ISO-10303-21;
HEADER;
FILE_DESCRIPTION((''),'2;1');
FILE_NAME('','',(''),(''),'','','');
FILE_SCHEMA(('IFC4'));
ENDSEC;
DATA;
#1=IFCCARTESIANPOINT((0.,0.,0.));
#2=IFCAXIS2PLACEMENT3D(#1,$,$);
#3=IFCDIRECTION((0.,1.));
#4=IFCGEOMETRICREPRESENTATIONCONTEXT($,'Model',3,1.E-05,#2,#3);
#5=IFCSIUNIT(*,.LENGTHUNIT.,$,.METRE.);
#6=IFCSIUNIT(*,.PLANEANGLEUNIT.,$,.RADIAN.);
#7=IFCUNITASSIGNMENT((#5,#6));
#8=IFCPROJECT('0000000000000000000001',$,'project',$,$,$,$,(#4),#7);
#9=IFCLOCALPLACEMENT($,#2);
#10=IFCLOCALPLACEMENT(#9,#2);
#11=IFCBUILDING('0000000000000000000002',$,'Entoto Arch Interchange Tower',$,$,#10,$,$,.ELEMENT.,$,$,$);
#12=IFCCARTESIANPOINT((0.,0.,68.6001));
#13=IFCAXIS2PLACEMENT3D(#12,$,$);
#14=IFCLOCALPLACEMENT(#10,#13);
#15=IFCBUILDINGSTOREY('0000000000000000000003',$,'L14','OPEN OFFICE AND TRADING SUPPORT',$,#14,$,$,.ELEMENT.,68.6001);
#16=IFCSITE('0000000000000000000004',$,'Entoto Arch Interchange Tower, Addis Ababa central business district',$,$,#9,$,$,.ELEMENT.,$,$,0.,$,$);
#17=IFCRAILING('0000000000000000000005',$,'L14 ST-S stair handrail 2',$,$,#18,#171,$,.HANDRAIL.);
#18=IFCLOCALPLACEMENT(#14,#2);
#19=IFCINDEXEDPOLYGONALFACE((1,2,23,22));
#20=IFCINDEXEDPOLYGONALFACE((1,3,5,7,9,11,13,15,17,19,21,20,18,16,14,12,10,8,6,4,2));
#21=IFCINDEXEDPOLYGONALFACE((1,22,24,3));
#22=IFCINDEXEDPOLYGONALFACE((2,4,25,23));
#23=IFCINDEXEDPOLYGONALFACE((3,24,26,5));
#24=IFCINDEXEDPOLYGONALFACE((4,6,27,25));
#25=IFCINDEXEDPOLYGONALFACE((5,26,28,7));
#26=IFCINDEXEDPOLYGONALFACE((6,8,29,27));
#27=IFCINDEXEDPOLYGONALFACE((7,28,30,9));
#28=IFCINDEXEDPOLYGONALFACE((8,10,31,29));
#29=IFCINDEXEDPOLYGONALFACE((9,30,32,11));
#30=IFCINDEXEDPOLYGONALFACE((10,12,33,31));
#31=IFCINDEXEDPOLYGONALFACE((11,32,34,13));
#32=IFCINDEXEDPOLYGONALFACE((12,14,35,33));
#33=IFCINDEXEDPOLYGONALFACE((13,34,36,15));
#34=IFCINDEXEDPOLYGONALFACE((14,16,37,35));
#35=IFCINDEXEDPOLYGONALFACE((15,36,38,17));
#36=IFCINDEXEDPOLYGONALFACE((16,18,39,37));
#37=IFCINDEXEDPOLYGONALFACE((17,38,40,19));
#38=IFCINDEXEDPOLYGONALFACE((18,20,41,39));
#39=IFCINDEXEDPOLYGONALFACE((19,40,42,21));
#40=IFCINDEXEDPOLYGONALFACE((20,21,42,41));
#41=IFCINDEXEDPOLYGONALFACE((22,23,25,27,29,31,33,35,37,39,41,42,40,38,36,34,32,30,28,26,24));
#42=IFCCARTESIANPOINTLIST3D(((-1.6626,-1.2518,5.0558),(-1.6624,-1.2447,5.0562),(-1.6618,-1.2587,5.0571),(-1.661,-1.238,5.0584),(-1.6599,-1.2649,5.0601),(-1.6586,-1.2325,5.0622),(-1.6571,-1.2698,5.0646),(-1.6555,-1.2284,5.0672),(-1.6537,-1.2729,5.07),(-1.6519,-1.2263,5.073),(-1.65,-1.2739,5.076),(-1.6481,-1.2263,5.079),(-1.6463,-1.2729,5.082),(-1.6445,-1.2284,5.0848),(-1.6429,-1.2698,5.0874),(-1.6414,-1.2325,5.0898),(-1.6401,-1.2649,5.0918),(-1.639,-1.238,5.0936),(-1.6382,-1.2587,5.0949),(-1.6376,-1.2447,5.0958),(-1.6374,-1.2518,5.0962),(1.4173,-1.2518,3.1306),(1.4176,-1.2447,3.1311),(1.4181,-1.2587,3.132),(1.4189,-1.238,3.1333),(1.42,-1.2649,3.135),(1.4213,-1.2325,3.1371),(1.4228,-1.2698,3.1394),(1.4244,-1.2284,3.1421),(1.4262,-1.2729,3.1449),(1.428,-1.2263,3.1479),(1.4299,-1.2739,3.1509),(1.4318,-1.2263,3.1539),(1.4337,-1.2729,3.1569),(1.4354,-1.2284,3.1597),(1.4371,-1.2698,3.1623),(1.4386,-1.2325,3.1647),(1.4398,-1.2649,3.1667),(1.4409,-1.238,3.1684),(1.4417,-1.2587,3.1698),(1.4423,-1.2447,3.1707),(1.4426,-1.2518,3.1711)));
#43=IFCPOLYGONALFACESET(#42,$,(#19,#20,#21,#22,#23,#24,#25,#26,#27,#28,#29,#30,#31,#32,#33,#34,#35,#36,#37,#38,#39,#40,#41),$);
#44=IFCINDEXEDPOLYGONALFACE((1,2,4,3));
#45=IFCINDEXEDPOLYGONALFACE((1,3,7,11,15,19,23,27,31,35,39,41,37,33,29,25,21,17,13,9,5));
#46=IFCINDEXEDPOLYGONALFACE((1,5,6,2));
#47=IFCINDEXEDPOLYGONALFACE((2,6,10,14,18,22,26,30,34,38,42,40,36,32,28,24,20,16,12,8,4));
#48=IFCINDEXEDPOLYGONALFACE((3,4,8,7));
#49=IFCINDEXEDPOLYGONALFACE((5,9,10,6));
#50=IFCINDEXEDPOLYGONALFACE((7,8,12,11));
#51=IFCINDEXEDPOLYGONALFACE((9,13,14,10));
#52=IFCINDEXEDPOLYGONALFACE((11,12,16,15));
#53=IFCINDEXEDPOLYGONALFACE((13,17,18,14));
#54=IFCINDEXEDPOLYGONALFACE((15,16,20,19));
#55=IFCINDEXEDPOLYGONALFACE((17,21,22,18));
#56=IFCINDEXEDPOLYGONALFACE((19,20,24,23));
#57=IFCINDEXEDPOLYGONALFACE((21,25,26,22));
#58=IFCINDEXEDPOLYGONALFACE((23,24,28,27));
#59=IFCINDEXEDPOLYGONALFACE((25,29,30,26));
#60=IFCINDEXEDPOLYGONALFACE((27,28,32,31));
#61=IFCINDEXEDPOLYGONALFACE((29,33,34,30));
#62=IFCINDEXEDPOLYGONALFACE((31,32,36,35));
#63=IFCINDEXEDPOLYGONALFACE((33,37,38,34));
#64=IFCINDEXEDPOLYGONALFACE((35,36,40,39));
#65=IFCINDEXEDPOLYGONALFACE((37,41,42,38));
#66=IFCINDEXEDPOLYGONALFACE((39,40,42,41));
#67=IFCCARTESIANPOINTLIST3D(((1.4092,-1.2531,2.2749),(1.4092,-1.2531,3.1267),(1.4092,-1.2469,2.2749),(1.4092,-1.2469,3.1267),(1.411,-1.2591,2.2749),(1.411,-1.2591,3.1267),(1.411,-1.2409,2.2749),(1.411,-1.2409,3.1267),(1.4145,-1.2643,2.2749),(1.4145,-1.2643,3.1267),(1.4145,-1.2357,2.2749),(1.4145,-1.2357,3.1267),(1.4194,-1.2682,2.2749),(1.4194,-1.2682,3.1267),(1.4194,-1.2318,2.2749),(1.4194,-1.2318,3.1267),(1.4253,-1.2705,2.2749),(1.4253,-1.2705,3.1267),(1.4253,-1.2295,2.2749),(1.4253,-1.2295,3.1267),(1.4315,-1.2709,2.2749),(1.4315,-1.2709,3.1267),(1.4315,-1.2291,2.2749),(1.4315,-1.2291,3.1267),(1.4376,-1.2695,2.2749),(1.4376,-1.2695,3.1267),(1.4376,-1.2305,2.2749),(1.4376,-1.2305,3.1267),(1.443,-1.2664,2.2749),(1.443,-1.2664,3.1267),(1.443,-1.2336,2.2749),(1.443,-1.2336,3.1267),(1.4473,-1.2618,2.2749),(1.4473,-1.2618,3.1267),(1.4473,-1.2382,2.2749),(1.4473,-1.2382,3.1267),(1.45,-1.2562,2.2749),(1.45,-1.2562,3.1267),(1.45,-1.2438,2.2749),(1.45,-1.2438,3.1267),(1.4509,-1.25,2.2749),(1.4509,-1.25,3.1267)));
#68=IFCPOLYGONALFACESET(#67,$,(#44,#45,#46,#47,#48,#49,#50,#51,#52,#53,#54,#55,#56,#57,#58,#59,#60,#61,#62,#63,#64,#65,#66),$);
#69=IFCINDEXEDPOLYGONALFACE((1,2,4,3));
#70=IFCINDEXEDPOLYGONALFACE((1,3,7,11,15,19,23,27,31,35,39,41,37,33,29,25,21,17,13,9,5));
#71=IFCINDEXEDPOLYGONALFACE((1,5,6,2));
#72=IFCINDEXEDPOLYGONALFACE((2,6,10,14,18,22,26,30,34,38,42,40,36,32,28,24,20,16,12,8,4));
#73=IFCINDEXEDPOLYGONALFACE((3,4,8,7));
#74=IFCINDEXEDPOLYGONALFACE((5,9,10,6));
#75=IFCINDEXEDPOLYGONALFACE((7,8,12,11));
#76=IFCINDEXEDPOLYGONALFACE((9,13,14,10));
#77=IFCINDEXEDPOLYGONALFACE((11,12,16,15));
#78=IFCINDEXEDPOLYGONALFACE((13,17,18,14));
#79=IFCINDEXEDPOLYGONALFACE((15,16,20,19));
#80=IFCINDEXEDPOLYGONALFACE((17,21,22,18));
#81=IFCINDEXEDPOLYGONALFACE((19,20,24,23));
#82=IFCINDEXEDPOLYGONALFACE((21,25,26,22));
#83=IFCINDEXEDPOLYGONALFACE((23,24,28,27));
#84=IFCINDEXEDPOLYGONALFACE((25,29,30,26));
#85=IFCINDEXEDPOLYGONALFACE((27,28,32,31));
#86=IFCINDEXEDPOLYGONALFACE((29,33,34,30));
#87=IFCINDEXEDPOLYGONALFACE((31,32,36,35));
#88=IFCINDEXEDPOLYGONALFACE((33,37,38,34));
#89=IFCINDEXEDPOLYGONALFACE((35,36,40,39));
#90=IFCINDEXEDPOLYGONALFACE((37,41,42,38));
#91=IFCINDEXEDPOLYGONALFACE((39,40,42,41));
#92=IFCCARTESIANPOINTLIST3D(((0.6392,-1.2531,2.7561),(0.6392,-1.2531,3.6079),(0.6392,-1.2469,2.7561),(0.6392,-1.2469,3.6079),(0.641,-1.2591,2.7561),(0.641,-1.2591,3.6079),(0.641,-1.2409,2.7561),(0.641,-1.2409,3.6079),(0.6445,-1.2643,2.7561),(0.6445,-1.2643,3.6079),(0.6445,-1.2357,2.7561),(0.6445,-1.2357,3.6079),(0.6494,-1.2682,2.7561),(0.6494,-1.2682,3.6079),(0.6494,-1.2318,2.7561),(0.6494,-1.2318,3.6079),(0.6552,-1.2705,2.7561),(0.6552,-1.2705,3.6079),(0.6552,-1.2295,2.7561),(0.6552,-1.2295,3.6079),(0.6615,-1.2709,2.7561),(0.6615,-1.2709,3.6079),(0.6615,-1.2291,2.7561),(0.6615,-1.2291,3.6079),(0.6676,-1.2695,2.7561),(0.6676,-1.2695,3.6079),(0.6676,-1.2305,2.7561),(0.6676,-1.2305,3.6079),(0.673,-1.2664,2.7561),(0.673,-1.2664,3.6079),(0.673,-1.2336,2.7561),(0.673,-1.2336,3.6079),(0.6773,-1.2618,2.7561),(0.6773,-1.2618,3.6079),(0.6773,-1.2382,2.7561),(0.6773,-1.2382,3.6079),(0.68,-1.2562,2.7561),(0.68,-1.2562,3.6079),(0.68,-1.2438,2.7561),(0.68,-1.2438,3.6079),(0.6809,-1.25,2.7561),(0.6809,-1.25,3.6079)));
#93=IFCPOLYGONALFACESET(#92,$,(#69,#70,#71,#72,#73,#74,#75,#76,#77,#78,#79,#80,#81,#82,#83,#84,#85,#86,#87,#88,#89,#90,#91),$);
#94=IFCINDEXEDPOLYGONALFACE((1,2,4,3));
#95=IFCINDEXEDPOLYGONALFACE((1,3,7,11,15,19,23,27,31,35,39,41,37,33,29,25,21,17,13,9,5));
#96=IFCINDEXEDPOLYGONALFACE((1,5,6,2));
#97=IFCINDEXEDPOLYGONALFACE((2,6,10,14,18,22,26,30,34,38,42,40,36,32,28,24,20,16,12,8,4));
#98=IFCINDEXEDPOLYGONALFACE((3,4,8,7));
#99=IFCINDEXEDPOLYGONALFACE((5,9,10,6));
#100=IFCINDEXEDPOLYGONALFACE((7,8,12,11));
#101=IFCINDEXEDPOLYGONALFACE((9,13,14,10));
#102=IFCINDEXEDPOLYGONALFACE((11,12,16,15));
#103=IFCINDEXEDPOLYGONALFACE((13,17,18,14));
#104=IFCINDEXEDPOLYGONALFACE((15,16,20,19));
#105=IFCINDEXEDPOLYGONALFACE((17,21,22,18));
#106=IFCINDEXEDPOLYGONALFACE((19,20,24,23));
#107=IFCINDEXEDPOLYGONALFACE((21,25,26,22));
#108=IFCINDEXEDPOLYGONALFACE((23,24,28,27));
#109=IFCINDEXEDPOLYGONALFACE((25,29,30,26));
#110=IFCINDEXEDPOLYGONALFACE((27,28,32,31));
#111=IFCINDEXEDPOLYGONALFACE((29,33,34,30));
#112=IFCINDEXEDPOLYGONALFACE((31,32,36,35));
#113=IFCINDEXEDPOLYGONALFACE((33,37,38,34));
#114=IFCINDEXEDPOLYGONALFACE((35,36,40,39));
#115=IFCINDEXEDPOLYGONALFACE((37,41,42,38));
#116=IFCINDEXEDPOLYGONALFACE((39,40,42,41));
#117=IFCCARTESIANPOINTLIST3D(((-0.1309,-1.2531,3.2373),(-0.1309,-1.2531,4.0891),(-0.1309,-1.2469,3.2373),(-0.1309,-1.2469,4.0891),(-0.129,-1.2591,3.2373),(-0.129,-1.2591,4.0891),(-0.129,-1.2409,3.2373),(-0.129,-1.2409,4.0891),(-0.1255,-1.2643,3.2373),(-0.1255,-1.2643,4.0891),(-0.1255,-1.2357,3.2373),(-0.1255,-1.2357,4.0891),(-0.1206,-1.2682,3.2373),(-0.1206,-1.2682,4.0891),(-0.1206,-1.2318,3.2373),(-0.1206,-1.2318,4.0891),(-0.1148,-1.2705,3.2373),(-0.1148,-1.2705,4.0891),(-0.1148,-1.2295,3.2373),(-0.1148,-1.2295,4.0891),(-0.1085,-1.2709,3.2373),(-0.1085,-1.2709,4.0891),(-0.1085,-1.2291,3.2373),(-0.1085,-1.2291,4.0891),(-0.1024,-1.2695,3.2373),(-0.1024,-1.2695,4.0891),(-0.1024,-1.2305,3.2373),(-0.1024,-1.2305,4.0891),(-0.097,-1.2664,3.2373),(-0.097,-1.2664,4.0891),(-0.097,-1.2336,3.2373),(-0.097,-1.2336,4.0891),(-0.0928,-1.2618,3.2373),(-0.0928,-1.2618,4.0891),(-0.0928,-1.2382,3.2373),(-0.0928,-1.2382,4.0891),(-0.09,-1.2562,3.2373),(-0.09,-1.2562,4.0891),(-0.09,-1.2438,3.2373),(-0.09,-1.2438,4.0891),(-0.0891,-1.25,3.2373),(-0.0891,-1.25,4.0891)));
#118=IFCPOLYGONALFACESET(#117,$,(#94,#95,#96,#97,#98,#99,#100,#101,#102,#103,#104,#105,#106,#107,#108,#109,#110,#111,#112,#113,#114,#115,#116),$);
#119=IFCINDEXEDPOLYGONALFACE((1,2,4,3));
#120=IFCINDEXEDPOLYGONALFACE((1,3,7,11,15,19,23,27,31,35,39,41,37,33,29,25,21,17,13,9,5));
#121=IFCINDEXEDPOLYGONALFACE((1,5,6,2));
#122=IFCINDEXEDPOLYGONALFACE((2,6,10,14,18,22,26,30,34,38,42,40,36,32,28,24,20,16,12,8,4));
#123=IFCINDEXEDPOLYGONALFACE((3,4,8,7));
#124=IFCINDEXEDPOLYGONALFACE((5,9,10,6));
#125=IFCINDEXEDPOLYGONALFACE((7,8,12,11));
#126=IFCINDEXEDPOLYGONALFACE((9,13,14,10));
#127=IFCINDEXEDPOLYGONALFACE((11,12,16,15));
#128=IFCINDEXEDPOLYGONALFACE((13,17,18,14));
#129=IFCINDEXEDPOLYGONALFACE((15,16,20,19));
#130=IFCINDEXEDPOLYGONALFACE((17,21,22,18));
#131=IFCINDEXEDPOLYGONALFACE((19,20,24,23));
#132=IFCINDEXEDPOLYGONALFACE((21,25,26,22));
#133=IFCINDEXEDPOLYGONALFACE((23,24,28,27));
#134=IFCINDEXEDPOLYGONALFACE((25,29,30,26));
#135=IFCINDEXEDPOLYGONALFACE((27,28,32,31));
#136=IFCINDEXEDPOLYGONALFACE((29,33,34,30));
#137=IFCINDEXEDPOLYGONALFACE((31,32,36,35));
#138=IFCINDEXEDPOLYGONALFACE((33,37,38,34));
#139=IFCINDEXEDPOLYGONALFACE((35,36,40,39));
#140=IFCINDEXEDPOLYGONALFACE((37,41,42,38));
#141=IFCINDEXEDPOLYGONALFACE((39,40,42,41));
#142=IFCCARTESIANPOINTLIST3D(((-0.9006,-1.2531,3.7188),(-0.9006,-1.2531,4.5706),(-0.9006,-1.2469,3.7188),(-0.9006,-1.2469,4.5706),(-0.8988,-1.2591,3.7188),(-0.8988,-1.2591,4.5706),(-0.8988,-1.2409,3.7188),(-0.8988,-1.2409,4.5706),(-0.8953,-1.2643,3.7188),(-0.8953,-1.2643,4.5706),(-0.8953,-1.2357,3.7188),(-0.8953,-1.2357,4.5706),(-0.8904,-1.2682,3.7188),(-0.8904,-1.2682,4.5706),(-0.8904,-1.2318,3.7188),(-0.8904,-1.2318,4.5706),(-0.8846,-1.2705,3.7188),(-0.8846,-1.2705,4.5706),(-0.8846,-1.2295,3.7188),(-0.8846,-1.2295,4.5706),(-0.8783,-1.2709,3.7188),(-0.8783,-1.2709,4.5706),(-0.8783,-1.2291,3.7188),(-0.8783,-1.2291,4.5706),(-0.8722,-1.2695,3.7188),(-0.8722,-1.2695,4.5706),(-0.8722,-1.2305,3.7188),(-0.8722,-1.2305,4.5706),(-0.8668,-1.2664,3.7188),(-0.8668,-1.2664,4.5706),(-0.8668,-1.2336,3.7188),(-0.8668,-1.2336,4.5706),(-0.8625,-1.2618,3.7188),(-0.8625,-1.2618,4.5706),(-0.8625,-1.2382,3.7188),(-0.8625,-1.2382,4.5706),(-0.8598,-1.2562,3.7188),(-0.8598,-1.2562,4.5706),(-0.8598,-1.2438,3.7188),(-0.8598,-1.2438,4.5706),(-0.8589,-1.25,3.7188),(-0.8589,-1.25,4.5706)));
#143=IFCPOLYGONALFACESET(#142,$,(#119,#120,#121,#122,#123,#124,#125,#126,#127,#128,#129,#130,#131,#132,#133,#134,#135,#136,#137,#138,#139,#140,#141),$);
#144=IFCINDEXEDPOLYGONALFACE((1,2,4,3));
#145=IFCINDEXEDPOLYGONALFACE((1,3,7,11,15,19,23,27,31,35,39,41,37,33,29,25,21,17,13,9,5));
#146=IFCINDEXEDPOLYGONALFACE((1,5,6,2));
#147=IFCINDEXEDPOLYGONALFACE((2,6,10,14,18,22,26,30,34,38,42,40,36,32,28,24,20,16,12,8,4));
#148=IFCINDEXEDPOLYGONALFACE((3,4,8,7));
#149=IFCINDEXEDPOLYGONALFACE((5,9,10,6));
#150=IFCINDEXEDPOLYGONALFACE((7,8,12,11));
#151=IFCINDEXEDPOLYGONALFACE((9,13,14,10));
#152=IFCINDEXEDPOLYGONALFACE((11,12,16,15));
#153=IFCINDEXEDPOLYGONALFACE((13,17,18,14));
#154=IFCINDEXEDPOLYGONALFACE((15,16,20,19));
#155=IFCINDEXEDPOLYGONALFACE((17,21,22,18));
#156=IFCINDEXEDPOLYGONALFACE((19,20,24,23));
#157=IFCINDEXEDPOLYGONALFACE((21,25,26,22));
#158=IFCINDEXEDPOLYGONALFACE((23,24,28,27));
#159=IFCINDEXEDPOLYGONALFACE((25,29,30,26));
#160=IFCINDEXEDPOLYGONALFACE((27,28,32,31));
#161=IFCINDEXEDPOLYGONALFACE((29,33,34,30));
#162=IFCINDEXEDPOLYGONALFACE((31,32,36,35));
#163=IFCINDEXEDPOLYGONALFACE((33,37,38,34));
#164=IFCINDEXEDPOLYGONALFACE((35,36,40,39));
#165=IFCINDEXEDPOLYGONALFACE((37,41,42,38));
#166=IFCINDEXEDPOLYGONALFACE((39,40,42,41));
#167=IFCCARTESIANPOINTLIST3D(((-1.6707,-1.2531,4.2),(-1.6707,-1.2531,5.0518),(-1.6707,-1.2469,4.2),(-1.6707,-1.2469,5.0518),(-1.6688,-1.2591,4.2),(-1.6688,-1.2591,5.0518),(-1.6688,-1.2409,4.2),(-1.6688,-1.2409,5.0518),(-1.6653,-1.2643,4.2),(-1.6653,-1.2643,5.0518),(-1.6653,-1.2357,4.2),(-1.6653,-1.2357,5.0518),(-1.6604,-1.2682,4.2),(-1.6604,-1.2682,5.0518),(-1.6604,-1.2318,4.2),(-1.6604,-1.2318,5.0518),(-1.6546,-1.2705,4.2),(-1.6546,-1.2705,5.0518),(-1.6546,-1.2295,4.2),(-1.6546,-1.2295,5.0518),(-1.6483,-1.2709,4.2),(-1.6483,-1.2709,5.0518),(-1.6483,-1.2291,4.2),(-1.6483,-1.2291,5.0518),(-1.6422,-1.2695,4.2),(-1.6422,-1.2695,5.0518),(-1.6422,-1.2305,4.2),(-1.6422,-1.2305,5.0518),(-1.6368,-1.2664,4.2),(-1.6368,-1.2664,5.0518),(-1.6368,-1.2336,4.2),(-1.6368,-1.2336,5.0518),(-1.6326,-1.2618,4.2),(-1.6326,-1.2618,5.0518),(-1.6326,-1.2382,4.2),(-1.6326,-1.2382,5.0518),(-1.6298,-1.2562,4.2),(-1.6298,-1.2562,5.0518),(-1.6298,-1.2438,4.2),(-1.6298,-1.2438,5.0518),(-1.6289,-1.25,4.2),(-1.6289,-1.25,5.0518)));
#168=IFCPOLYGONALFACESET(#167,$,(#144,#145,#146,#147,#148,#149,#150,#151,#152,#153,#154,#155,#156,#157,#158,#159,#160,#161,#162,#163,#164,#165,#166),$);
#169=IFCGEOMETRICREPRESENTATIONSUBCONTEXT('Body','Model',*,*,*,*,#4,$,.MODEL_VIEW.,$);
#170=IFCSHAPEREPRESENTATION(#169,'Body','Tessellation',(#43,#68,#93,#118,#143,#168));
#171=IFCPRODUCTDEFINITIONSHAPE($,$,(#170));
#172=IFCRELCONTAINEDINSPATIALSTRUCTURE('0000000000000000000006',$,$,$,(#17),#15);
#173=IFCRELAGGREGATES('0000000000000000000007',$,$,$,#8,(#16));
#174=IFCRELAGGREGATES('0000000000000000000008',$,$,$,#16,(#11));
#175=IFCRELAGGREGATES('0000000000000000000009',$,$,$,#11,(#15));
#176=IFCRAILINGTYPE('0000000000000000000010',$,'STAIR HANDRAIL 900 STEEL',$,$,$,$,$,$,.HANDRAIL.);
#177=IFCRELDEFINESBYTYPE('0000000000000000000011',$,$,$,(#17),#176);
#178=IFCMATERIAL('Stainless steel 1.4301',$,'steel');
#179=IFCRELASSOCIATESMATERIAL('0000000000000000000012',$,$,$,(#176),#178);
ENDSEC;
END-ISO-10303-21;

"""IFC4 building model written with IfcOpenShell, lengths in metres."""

from ifc_helpers import new_model, si_unit, direction, frame, origin, origin_2d, place, context, subcontext, project, spatial, circle, extrude, material, type_object, element, save


model = new_model("IFC4")

# Units and contexts
model_context = context("Model", 3, precision=1e-05, world=origin(), true_north=direction((0.0, 1.0)))
body_context = subcontext(model_context, "Body", "Model", "MODEL_VIEW")
ifc_project = project(units=[si_unit("LENGTHUNIT", "METRE"), si_unit("PLANEANGLEUNIT", "RADIAN")], contexts=[model_context])

# Site, building, storey
site_placement = place(None, origin())
site = spatial("IfcSite", under=ifc_project, at=site_placement, Name="Entoto Arch Interchange Tower, Addis Ababa central business district", CompositionType="ELEMENT", RefElevation=0.0)
building_placement = place(site_placement, origin())
building = spatial("IfcBuilding", under=site, at=building_placement, Name="Entoto Arch Interchange Tower", CompositionType="ELEMENT")
storey_placement = place(building_placement, frame((0.0, 0.0, 68.6001)))
storey = spatial("IfcBuildingStorey", under=building, at=storey_placement, Name="L14", Description="OPEN OFFICE AND TRADING SUPPORT", CompositionType="ELEMENT", Elevation=68.6001)

# Railing
ifc_material_1 = material(Name="Stainless steel 1.4301", Category="steel")
railing_type_1 = type_object("IfcRailingType", Name="STAIR HANDRAIL 900 STEEL", PredefinedType="HANDRAIL", material=ifc_material_1)
railing_1_placement = place(storey_placement, frame((1.4299, -1.25, 2.2749)))
element("IfcRailing", 1, at=railing_1_placement, inside=storey, type_object=railing_type_1, Name="L14 ST-S stair handrail 2", PredefinedType="HANDRAIL", context=body_context, shape_type="SweptSolid", body=[
    extrude(circle(Radius=0.0239, at=origin_2d()), frame((0.0, 0.0, 0.876), z_axis=(-0.847979, 0.0, 0.530029), x_axis=(0.0, -1.0, 0.0)), (0.0, 0.0, 1.0), 3.6321),
    extrude(circle(Radius=0.021, at=origin_2d()), origin(), (0.0, 0.0, 1.0), 0.8518),
    extrude(circle(Radius=0.021, at=origin_2d()), frame((-0.77, 0.0, 0.4812)), (0.0, 0.0, 1.0), 0.8518),
    extrude(circle(Radius=0.021, at=origin_2d()), frame((-1.54, 0.0, 0.9624)), (0.0, 0.0, 1.0), 0.8518),
    extrude(circle(Radius=0.021, at=origin_2d()), frame((-2.3098, 0.0, 1.4438)), (0.0, 0.0, 1.0), 0.8518),
    extrude(circle(Radius=0.021, at=origin_2d()), frame((-3.0798, 0.0, 1.925)), (0.0, 0.0, 1.0), 0.8518),
])

save(model, "model.ifc")
